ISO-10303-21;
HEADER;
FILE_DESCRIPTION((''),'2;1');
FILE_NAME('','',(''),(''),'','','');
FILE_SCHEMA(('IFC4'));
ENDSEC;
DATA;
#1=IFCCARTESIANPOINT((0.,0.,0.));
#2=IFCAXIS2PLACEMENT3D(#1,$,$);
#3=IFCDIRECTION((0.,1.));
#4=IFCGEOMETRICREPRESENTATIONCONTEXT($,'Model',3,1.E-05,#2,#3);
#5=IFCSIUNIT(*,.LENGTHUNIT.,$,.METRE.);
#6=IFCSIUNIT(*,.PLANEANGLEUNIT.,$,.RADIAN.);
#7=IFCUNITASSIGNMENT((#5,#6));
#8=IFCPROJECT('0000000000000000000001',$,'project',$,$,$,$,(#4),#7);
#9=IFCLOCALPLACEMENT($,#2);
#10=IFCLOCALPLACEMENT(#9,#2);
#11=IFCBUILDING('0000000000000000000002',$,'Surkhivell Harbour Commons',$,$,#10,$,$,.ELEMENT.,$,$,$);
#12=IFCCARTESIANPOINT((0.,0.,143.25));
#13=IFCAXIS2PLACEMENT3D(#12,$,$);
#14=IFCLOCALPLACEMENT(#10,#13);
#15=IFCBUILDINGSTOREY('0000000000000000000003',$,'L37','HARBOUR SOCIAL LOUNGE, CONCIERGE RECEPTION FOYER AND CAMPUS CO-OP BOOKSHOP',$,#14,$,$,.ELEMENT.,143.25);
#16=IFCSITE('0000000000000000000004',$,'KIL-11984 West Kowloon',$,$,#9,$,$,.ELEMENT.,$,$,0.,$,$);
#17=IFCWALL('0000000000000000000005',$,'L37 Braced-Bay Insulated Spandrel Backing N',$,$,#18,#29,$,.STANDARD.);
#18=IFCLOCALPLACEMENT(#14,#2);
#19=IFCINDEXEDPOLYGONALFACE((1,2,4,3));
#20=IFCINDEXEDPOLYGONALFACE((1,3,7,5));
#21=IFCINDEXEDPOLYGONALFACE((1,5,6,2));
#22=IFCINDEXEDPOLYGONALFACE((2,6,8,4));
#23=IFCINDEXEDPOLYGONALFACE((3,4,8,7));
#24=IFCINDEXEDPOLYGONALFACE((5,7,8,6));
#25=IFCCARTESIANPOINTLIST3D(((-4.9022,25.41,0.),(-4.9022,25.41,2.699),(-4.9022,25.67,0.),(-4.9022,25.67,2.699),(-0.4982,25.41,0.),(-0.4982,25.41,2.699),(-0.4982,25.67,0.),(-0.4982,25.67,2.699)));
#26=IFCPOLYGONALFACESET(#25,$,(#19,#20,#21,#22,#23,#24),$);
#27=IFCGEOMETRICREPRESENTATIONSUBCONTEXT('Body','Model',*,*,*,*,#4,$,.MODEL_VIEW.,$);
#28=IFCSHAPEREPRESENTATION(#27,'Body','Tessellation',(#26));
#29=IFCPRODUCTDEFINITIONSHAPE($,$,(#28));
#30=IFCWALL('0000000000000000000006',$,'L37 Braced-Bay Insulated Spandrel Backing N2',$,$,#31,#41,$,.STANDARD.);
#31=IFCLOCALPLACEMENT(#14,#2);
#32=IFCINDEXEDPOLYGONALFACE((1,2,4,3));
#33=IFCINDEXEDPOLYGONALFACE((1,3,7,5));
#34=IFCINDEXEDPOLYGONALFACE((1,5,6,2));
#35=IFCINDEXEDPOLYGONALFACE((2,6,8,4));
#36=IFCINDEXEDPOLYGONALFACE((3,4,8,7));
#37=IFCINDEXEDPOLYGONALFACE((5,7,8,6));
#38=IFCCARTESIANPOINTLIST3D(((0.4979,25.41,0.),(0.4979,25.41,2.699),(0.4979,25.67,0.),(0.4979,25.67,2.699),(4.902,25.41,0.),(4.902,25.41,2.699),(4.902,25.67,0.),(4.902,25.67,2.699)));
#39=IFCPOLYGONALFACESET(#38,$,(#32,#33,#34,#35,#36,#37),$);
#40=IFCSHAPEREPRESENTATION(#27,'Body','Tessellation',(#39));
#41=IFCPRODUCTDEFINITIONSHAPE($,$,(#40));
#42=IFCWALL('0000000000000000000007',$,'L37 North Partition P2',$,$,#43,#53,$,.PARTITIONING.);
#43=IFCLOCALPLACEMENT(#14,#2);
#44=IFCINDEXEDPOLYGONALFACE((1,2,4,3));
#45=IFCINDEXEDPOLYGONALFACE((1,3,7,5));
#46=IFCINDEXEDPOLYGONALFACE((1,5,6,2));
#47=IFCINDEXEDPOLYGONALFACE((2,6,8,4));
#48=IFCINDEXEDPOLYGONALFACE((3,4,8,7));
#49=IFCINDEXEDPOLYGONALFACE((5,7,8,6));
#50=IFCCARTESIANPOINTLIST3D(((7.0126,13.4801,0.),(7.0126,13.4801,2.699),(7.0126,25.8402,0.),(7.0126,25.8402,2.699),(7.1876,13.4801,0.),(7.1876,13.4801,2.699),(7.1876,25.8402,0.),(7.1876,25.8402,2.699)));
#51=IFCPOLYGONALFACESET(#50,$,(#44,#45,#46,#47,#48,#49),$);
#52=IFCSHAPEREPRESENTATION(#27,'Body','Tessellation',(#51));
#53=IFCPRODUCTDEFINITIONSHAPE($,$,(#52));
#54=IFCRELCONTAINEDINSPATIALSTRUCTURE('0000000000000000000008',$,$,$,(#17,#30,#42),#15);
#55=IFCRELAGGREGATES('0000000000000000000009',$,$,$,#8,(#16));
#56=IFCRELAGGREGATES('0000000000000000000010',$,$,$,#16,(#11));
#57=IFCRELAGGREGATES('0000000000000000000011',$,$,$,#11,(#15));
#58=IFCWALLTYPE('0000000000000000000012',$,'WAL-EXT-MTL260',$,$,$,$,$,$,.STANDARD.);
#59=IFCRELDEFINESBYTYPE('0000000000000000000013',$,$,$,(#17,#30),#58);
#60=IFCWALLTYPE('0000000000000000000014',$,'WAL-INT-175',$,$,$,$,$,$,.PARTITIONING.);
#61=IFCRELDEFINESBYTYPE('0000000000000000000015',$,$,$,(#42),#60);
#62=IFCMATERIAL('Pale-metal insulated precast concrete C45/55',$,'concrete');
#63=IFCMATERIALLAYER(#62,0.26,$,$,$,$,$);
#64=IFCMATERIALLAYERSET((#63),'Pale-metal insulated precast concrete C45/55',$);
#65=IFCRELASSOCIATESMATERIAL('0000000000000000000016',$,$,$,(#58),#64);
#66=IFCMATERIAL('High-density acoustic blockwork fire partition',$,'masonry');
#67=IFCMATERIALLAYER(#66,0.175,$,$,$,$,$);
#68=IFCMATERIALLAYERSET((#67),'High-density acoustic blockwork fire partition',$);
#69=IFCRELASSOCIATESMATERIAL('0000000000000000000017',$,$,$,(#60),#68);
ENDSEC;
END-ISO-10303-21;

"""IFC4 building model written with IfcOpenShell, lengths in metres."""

from ifc_helpers import new_model, si_unit, direction, frame, frame_2d, origin, place, context, subcontext, project, spatial, rectangle, extrude, material, layer, layer_set, type_object, element, save


model = new_model("IFC4")

# Units and contexts
model_context = context("Model", 3, precision=1e-05, world=origin(), true_north=direction((0.0, 1.0)))
body_context = subcontext(model_context, "Body", "Model", "MODEL_VIEW")
ifc_project = project(units=[si_unit("LENGTHUNIT", "METRE"), si_unit("PLANEANGLEUNIT", "RADIAN")], contexts=[model_context])

# Site, building, storey
site_placement = place(None, origin())
site = spatial("IfcSite", under=ifc_project, at=site_placement, Name="KIL-11984 West Kowloon", CompositionType="ELEMENT", RefElevation=0.0)
building_placement = place(site_placement, origin())
building = spatial("IfcBuilding", under=site, at=building_placement, Name="Surkhivell Harbour Commons", CompositionType="ELEMENT")
storey_placement = place(building_placement, frame((0.0, 0.0, 143.25)))
storey = spatial("IfcBuildingStorey", under=building, at=storey_placement, Name="L37", Description="HARBOUR SOCIAL LOUNGE, CONCIERGE RECEPTION FOYER AND CAMPUS CO-OP BOOKSHOP", CompositionType="ELEMENT", Elevation=143.25)

# Walls
ifc_material_1 = material(Name="Pale-metal insulated precast concrete C45/55", Category="concrete")
ifc_layer_1 = layer(ifc_material_1, 0.26)
ifc_layer_set_1 = layer_set([ifc_layer_1], Name="Pale-metal insulated precast concrete C45/55")
wall_type_1 = type_object("IfcWallType", Name="WAL-EXT-MTL260", PredefinedType="STANDARD", material=ifc_layer_set_1)
for number, where, z_axis, x_axis, name in (
    (1, (-0.498, 25.54, 0.0), (0.0, 0.0, 1.0), (-1.0, 0.0, 0.0), "L37 Braced-Bay Insulated Spandrel Backing N"),
    (2, (4.9021, 25.54, 0.0), (0.0, 0.0, 1.0), (-1.0, 0.0, 0.0), "L37 Braced-Bay Insulated Spandrel Backing N2"),
):
    element("IfcWall", number, at=place(storey_placement, frame(where, z_axis=z_axis, x_axis=x_axis)), inside=storey, type_object=wall_type_1, Name=name, PredefinedType="STANDARD", context=body_context, shape_type="SweptSolid", body=[
        extrude(rectangle(XDim=4.4041, YDim=0.26, at=frame_2d((2.2021, 0.0))), origin(), (0.0, 0.0, 1.0), 2.699),
    ])
ifc_material_2 = material(Name="High-density acoustic blockwork fire partition", Category="masonry")
ifc_layer_2 = layer(ifc_material_2, 0.175)
ifc_layer_set_2 = layer_set([ifc_layer_2], Name="High-density acoustic blockwork fire partition")
wall_type_2 = type_object("IfcWallType", Name="WAL-INT-175", PredefinedType="PARTITIONING", material=ifc_layer_set_2)
wall_placement = place(storey_placement, frame((7.1001, 13.48, 0.0), z_axis=(0.0, 0.0, 1.0), x_axis=(0.0, 1.0, 0.0)))
element("IfcWall", 3, at=wall_placement, inside=storey, type_object=wall_type_2, Name="L37 North Partition P2", PredefinedType="PARTITIONING", context=body_context, shape_type="SweptSolid", body=[
    extrude(rectangle(XDim=12.3601, YDim=0.175, at=frame_2d((6.1802, 0.0))), origin(), (0.0, 0.0, 1.0), 2.699),
])

save(model, "model.ifc")
